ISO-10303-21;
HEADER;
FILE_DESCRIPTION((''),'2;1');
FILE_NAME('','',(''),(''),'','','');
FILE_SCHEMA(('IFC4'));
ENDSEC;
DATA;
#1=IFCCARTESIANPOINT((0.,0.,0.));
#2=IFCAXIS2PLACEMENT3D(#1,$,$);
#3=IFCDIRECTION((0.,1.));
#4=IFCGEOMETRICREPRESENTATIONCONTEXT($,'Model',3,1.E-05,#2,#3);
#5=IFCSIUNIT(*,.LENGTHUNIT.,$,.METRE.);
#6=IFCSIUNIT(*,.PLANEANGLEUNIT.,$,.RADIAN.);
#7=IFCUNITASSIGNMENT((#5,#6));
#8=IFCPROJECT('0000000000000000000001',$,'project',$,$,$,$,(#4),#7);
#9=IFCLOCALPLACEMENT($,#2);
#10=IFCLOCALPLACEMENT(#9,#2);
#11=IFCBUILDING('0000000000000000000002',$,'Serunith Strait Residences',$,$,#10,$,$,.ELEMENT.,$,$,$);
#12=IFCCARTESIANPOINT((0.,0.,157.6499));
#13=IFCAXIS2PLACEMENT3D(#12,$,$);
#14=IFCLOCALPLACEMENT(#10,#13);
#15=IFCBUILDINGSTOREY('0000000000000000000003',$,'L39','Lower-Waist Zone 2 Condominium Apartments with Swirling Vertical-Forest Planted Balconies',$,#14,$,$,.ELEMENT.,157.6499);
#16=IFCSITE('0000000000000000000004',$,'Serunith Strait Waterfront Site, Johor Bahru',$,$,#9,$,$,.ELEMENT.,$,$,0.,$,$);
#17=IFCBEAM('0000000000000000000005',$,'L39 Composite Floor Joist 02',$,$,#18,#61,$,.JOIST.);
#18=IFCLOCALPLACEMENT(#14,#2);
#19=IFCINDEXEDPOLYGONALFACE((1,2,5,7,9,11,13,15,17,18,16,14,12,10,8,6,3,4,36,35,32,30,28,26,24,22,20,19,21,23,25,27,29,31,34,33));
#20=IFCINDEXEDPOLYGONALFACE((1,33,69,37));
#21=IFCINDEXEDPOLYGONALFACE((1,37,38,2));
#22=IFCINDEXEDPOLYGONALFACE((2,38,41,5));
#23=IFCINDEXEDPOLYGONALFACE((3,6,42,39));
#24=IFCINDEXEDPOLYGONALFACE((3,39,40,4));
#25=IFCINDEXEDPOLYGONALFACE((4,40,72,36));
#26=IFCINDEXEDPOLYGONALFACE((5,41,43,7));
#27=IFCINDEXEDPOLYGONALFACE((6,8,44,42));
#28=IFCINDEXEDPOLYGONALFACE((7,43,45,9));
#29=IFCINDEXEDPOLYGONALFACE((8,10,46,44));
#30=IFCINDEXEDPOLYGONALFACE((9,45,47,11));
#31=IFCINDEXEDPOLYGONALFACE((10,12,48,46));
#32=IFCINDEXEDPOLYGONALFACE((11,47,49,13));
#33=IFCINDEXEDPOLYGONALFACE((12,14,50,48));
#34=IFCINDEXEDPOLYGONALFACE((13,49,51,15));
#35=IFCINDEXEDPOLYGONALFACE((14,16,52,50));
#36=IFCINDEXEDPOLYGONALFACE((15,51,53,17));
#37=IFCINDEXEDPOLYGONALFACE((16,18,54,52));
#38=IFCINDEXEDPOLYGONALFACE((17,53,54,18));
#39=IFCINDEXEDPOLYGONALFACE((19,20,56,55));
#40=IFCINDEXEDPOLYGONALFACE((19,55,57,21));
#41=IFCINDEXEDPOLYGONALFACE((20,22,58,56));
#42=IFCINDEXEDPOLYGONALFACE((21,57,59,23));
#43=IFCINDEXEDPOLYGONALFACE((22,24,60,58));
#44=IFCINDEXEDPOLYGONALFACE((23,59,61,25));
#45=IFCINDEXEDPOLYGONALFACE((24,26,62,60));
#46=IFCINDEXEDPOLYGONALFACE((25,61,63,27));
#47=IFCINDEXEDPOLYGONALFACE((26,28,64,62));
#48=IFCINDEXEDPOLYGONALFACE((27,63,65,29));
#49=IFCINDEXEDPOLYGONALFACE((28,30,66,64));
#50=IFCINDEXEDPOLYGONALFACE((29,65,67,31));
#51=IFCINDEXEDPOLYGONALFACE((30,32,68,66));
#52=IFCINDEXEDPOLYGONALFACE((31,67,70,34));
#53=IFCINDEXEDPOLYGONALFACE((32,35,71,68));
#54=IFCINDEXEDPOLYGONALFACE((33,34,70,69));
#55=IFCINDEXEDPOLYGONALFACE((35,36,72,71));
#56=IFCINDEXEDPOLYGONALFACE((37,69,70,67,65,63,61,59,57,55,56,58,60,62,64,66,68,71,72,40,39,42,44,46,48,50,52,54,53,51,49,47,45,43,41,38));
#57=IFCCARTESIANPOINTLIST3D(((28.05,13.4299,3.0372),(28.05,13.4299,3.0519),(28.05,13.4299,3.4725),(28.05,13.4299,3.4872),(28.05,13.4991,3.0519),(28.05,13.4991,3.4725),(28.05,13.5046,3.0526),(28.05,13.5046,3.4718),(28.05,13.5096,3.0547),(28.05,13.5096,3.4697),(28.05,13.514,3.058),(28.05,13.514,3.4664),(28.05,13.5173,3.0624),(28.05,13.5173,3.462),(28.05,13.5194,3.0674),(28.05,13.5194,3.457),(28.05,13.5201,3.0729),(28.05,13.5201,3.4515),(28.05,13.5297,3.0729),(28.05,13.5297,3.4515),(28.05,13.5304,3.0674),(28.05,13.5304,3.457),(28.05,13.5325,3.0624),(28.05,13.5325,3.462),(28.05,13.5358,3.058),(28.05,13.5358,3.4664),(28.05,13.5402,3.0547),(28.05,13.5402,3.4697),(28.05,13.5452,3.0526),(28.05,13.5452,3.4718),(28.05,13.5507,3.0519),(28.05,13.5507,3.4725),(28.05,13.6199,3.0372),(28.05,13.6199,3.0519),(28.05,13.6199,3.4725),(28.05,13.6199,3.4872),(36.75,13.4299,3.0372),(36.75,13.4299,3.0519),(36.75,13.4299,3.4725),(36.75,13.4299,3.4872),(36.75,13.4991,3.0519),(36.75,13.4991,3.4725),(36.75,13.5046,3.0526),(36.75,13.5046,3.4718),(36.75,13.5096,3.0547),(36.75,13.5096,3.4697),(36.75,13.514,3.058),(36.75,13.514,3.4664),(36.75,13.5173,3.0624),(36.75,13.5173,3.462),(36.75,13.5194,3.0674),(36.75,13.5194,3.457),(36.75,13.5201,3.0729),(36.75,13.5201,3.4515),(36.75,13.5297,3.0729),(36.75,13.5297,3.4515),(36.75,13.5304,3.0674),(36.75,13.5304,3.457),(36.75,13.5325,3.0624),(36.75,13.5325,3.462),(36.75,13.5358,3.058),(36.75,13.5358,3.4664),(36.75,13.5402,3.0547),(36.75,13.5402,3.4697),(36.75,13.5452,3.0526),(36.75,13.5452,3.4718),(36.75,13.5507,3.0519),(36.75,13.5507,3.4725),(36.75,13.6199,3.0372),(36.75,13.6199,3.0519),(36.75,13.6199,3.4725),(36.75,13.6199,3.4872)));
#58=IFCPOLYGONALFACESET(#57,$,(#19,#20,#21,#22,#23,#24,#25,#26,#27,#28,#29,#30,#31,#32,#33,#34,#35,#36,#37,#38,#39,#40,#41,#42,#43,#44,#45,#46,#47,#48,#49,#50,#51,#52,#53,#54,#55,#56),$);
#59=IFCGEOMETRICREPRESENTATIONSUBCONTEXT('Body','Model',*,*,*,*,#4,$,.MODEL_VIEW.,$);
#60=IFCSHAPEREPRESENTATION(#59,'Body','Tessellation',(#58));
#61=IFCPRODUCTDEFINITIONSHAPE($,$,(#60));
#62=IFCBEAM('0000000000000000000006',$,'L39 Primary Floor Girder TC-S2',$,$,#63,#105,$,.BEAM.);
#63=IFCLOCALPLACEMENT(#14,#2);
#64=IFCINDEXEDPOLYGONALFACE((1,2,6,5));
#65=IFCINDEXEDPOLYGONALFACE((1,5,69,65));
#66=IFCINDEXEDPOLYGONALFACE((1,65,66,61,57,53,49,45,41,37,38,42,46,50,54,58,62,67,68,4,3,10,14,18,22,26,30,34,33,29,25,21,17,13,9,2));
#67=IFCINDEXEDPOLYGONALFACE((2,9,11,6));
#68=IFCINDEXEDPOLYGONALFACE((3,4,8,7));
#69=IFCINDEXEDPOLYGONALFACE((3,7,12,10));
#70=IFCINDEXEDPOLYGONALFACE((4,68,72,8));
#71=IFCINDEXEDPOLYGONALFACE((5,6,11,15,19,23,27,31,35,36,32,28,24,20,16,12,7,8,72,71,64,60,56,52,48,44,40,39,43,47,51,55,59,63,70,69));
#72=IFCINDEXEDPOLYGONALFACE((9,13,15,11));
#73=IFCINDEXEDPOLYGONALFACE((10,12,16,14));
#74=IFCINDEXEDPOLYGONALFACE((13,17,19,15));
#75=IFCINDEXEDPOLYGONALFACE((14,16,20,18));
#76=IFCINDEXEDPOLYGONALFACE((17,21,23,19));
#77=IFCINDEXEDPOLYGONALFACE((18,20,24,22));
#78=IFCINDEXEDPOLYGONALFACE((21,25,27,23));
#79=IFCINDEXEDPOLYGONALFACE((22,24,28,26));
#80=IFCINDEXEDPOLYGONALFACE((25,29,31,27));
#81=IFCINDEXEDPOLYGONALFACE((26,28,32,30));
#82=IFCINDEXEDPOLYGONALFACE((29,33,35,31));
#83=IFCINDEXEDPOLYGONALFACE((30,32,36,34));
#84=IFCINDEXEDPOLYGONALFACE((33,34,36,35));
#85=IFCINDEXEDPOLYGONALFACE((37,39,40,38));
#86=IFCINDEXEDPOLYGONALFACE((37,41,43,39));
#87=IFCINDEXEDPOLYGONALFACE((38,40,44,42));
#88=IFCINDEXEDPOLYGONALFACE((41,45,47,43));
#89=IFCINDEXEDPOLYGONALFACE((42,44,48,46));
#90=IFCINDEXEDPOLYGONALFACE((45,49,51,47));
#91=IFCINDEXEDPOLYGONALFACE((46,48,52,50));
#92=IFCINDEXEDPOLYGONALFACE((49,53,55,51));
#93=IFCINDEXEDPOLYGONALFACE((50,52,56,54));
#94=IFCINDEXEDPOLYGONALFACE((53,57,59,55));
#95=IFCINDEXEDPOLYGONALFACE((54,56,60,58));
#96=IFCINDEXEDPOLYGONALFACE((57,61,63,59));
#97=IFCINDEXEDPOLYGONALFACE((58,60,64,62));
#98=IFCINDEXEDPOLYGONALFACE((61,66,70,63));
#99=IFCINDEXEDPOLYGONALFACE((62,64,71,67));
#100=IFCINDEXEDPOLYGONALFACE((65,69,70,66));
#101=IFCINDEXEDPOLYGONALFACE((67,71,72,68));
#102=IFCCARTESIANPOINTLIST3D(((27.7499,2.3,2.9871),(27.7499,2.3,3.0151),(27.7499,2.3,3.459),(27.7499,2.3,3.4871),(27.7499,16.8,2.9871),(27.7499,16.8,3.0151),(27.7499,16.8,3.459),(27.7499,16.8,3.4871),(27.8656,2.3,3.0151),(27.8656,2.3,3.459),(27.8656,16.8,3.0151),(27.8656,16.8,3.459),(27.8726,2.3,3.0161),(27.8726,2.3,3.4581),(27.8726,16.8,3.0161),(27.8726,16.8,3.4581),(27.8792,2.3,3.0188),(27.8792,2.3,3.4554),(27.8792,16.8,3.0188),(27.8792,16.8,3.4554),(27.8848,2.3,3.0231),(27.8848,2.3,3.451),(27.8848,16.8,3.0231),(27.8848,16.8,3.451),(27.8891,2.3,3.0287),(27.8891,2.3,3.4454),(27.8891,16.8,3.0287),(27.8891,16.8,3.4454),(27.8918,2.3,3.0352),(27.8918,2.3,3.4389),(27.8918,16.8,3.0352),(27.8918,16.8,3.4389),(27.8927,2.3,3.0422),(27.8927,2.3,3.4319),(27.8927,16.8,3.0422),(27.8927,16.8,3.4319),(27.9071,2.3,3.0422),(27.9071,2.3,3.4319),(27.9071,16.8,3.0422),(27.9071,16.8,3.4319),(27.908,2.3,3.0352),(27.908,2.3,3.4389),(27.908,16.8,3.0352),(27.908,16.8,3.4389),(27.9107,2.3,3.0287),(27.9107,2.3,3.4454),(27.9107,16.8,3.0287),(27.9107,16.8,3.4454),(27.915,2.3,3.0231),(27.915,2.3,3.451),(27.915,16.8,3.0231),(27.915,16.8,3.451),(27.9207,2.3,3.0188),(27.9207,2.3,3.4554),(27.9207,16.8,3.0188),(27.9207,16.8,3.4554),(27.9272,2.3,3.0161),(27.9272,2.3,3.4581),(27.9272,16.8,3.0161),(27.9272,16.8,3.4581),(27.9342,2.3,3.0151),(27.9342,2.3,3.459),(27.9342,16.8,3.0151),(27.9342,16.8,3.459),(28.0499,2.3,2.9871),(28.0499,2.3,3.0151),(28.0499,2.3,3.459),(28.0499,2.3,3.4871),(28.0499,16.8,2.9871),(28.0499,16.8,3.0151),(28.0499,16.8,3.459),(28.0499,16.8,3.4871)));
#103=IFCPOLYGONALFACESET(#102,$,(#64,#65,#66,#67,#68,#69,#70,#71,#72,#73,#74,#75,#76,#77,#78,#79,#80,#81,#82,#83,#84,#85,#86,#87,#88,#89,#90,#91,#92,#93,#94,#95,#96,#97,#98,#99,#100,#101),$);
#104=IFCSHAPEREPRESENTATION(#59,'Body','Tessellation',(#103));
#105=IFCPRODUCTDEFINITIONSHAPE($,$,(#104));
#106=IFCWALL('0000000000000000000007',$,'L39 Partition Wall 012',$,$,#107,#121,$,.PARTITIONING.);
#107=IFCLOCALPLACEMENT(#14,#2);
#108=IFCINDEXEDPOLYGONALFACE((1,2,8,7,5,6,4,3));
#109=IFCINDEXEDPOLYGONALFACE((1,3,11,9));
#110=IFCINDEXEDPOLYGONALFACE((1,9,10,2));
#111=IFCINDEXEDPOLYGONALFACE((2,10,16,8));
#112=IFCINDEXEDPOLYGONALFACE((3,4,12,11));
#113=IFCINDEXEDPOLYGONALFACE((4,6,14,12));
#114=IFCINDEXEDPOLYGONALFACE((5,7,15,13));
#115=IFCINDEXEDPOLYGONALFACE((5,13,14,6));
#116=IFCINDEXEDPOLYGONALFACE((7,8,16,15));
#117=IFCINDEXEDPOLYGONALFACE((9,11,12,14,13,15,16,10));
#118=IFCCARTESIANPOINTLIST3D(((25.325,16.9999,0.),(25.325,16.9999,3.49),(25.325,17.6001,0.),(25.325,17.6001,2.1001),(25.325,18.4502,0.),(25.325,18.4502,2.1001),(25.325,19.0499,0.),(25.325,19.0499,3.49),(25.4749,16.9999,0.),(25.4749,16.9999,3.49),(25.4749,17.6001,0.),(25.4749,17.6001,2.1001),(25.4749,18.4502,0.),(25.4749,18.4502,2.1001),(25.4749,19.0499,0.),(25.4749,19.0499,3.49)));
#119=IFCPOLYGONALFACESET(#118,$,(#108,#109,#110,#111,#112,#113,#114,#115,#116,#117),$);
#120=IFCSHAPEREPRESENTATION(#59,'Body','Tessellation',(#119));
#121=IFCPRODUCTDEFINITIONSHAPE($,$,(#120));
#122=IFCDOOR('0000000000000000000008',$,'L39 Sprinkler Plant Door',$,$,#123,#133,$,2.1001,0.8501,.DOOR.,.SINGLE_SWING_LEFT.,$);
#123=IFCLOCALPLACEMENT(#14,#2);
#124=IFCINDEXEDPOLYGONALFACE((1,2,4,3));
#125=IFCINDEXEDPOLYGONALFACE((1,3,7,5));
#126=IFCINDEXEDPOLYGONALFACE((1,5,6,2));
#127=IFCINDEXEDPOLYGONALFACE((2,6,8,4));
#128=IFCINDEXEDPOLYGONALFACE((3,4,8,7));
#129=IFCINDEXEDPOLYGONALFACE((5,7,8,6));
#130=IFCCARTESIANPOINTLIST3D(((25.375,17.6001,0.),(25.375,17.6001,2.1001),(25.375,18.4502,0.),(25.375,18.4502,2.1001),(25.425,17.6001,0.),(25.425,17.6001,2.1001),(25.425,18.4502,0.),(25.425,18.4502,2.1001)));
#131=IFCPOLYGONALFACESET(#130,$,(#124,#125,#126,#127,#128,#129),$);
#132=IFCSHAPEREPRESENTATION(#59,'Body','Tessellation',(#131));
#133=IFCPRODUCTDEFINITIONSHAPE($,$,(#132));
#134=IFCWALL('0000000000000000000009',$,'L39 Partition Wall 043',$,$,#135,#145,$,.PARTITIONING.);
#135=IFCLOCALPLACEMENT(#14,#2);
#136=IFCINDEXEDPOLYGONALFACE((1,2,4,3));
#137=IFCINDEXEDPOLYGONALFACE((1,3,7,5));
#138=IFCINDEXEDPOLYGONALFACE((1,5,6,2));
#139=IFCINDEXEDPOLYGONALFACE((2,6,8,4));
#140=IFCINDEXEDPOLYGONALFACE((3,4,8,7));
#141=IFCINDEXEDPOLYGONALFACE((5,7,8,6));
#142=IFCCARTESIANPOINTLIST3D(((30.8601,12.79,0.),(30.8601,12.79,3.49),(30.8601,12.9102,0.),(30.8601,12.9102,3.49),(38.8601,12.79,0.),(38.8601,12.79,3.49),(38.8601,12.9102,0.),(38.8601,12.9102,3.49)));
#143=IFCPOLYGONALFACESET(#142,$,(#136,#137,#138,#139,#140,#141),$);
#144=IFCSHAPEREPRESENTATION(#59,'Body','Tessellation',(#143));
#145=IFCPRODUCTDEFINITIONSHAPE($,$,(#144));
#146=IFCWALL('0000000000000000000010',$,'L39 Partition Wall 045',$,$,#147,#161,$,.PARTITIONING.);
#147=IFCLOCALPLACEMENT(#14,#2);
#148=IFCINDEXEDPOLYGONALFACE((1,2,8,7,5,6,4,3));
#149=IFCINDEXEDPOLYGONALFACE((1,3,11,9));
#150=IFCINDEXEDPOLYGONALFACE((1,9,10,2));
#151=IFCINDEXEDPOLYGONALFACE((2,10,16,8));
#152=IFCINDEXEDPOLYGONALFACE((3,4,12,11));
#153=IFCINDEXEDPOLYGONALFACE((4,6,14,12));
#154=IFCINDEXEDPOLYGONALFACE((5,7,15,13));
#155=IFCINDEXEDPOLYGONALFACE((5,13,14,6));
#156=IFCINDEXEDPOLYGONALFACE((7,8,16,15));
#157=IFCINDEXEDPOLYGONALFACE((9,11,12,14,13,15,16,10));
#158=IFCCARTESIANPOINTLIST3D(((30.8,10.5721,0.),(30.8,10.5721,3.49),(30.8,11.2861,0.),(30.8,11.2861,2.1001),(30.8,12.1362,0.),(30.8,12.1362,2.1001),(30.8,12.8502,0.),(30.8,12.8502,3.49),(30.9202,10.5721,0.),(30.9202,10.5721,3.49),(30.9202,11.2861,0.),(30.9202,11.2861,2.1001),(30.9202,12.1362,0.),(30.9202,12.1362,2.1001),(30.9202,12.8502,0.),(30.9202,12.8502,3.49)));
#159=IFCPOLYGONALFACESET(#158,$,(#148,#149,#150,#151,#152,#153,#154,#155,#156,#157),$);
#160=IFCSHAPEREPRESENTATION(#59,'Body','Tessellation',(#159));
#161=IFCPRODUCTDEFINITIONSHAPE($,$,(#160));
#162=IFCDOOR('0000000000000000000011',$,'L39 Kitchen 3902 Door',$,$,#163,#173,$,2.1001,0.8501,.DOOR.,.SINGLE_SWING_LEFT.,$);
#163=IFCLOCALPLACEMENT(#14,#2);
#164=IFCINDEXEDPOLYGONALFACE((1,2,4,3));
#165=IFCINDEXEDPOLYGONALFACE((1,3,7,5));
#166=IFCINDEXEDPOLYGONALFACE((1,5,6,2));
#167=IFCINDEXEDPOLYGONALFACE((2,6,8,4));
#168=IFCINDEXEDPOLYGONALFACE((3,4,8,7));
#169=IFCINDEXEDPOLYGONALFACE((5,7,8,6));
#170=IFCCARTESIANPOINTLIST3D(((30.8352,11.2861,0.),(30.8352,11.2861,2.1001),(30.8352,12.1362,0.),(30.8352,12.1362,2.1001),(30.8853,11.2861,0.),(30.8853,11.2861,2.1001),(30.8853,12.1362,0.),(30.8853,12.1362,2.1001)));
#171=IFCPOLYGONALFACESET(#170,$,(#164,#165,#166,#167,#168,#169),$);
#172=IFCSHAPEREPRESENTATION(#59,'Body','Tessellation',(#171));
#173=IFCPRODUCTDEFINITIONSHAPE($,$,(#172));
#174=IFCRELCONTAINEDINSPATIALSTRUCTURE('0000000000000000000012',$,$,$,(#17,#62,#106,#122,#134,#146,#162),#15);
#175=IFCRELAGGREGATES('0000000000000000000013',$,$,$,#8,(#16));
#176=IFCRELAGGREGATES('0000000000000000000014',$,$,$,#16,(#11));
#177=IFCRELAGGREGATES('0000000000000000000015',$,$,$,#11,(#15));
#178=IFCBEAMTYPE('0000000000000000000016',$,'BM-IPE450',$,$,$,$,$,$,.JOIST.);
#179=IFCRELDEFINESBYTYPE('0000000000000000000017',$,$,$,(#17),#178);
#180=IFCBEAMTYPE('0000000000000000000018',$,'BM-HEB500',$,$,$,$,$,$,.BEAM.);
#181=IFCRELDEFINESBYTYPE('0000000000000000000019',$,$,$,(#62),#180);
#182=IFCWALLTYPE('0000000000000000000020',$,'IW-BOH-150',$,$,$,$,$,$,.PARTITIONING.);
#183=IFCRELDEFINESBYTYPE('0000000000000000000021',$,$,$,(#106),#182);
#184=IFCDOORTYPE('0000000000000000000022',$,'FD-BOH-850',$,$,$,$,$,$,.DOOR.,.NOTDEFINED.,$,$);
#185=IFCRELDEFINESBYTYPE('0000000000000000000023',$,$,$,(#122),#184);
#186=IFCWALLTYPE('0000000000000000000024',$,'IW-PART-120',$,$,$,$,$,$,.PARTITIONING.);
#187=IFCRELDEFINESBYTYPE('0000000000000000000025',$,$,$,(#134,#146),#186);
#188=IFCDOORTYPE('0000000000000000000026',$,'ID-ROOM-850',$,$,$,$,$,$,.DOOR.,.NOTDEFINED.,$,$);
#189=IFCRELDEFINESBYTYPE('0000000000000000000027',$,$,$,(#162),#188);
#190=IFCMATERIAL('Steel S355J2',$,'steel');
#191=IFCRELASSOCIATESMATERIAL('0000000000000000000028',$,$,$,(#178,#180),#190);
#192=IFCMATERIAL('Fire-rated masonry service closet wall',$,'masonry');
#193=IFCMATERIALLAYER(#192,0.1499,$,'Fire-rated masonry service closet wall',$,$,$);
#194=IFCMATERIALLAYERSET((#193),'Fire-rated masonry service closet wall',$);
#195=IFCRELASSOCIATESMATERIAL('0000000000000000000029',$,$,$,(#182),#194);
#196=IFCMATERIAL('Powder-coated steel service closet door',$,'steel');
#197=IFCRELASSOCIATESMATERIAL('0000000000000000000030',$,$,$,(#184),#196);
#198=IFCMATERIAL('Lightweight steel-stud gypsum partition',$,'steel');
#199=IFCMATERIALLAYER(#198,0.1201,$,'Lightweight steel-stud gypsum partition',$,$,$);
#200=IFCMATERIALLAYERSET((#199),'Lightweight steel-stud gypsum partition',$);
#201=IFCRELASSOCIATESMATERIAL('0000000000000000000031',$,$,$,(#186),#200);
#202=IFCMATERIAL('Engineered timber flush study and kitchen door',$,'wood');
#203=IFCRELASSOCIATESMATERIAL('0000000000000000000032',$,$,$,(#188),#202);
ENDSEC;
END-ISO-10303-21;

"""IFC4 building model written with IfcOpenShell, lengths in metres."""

from ifc_helpers import new_model, si_unit, direction, frame, frame_2d, origin, origin_2d, place, context, subcontext, project, spatial, rectangle, i_section, extrude, source, transform, mapped, material, layer, layer_set, material_profile, profile_set, type_object, element, fill, save


model = new_model("IFC4")

# Units and contexts
model_context = context("Model", 3, precision=1e-05, world=origin(), true_north=direction((0.0, 1.0)))
body_context = subcontext(model_context, "Body", "Model", "MODEL_VIEW")
ifc_project = project(units=[si_unit("LENGTHUNIT", "METRE"), si_unit("PLANEANGLEUNIT", "RADIAN")], contexts=[model_context])

# Site, building, storey
site_placement = place(None, origin())
site = spatial("IfcSite", under=ifc_project, at=site_placement, Name="Serunith Strait Waterfront Site, Johor Bahru", CompositionType="ELEMENT", RefElevation=0.0)
building_placement = place(site_placement, origin())
building = spatial("IfcBuilding", under=site, at=building_placement, Name="Serunith Strait Residences", CompositionType="ELEMENT")
storey_placement = place(building_placement, frame((0.0, 0.0, 157.6499)))
storey = spatial("IfcBuildingStorey", under=building, at=storey_placement, Name="L39", Description="Lower-Waist Zone 2 Condominium Apartments with Swirling Vertical-Forest Planted Balconies", CompositionType="ELEMENT", Elevation=157.6499)

# Beams
ifc_material_1 = material(Name="Steel S355J2", Category="steel")
ifc_material_profile_1 = material_profile(ifc_material_1, i_section(OverallWidth=0.1899, OverallDepth=0.45, WebThickness=0.0095, FlangeThickness=0.0146, FilletRadius=0.021, at=origin_2d()), Name="IPE 450")
ifc_profile_set_1 = profile_set([ifc_material_profile_1], Name="Steel S355J2")
beam_type_1 = type_object("IfcBeamType", Name="BM-IPE450", PredefinedType="JOIST", material=ifc_profile_set_1)
shared_shape_1 = source(origin(), body_context, "Body", "SweptSolid", [
    extrude(i_section(OverallWidth=0.1899, OverallDepth=0.45, WebThickness=0.0095, FlangeThickness=0.0146, FilletRadius=0.021, at=origin_2d()), origin(), (0.0, 0.0, 1.0), 8.7),
])
beam_1_placement = place(storey_placement, frame((28.05, 13.5249, 3.2622), z_axis=(1.0, 0.0, 0.0), x_axis=(0.0, 1.0, 0.0)))
element("IfcBeam", 1, at=beam_1_placement, inside=storey, type_object=beam_type_1, Name="L39 Composite Floor Joist 02", PredefinedType="JOIST", context=body_context, shape_type="MappedRepresentation", body=[
    mapped(shared_shape_1, transform((0.0, 0.0, 0.0), scale=1.0)),
])
ifc_material_profile_2 = material_profile(ifc_material_1, i_section(OverallWidth=0.3, OverallDepth=0.5, WebThickness=0.0144, FlangeThickness=0.0281, FilletRadius=0.0271, at=origin_2d()), Name="HEB 500")
ifc_profile_set_2 = profile_set([ifc_material_profile_2], Name="Steel S355J2")
beam_type_2 = type_object("IfcBeamType", Name="BM-HEB500", PredefinedType="BEAM", material=ifc_profile_set_2)
shared_shape_2 = source(origin(), body_context, "Body", "SweptSolid", [
    extrude(i_section(OverallWidth=0.3, OverallDepth=0.5, WebThickness=0.0144, FlangeThickness=0.0281, FilletRadius=0.0271, at=origin_2d()), origin(), (0.0, 0.0, 1.0), 14.5),
])
beam_2_placement = place(storey_placement, frame((27.8999, 16.8, 3.2371), z_axis=(0.0, -1.0, 0.0), x_axis=(1.0, 0.0, 0.0)))
element("IfcBeam", 2, at=beam_2_placement, inside=storey, type_object=beam_type_2, Name="L39 Primary Floor Girder TC-S2", PredefinedType="BEAM", context=body_context, shape_type="MappedRepresentation", body=[
    mapped(shared_shape_2, transform((0.0, 0.0, 0.0), scale=1.0)),
])

# Wall, opening, door
ifc_material_2 = material(Name="Fire-rated masonry service closet wall", Category="masonry")
ifc_layer_1 = layer(ifc_material_2, 0.1499, Name="Fire-rated masonry service closet wall")
ifc_layer_set_1 = layer_set([ifc_layer_1], Name="Fire-rated masonry service closet wall")
wall_type_1 = type_object("IfcWallType", Name="IW-BOH-150", PredefinedType="PARTITIONING", material=ifc_layer_set_1)
wall_1_placement = place(storey_placement, frame((25.3999, 17.0, 0.0), z_axis=(0.0, 0.0, 1.0), x_axis=(0.0, 1.0, 0.0)))
wall_1 = element("IfcWall", 3, at=wall_1_placement, inside=storey, type_object=wall_type_1, Name="L39 Partition Wall 012", PredefinedType="PARTITIONING", context=body_context, shape_type="SweptSolid", body=[
    extrude(rectangle(XDim=2.05, YDim=0.1499, at=frame_2d((1.0249, 0.0))), origin(), (0.0, 0.0, 1.0), 3.49),
])
opening_1_placement = place(wall_1_placement, frame((0.6001, 0.0, 0.0)))
opening_1 = element("IfcOpeningElement", 4, at=opening_1_placement, cuts=wall_1, PredefinedType="OPENING", context=body_context, shape_type="SweptSolid", body=[
    extrude(rectangle(XDim=0.8501, YDim=2.1001, at=frame_2d((0.425, 1.05))), frame((0.0, 0.085, 0.0), z_axis=(0.0, -1.0, 0.0), x_axis=(1.0, 0.0, 0.0)), (0.0, 0.0, 1.0), 0.1699),
])
ifc_material_3 = material(Name="Powder-coated steel service closet door", Category="steel")
door_type_1 = type_object("IfcDoorType", Name="FD-BOH-850", OperationType="NOTDEFINED", PredefinedType="DOOR", material=ifc_material_3)
shared_shape_3 = source(origin(), body_context, "Body", "SweptSolid", [
    extrude(rectangle(XDim=0.8501, YDim=2.1001, at=frame_2d((0.425, 1.05))), frame((0.0, 0.0249, 0.0), z_axis=(0.0, -1.0, 0.0), x_axis=(1.0, 0.0, 0.0)), (0.0, 0.0, 1.0), 0.05),
])
door_1_placement = place(opening_1_placement, origin())
door_1 = element("IfcDoor", 5, at=door_1_placement, inside=storey, type_object=door_type_1, Name="L39 Sprinkler Plant Door", OperationType="SINGLE_SWING_LEFT", OverallHeight=2.1001, OverallWidth=0.8501, PredefinedType="DOOR", context=body_context, shape_type="MappedRepresentation", body=[
    mapped(shared_shape_3, transform((0.0, 0.0, 0.0), scale=1.0)),
])
fill(opening_1, door_1)

# Wall
ifc_material_4 = material(Name="Lightweight steel-stud gypsum partition", Category="steel")
ifc_layer_2 = layer(ifc_material_4, 0.1201, Name="Lightweight steel-stud gypsum partition")
ifc_layer_set_2 = layer_set([ifc_layer_2], Name="Lightweight steel-stud gypsum partition")
wall_type_2 = type_object("IfcWallType", Name="IW-PART-120", PredefinedType="PARTITIONING", material=ifc_layer_set_2)
wall_2_placement = place(storey_placement, frame((30.8601, 12.8501, 0.0), z_axis=(0.0, 0.0, 1.0), x_axis=(1.0, 0.0, 0.0)))
element("IfcWall", 6, at=wall_2_placement, inside=storey, type_object=wall_type_2, Name="L39 Partition Wall 043", PredefinedType="PARTITIONING", context=body_context, shape_type="SweptSolid", body=[
    extrude(rectangle(XDim=8.0, YDim=0.1201, at=frame_2d((4.0, 0.0))), origin(), (0.0, 0.0, 1.0), 3.49),
])

# Wall, opening, door
wall_3_placement = place(storey_placement, frame((30.8601, 10.572, 0.0), z_axis=(0.0, 0.0, 1.0), x_axis=(0.0, 1.0, 0.0)))
wall_3 = element("IfcWall", 7, at=wall_3_placement, inside=storey, type_object=wall_type_2, Name="L39 Partition Wall 045", PredefinedType="PARTITIONING", context=body_context, shape_type="SweptSolid", body=[
    extrude(rectangle(XDim=2.2781, YDim=0.1201, at=frame_2d((1.1392, 0.0))), origin(), (0.0, 0.0, 1.0), 3.49),
])
opening_2_placement = place(wall_3_placement, frame((0.7141, 0.0, 0.0)))
opening_2 = element("IfcOpeningElement", 8, at=opening_2_placement, cuts=wall_3, PredefinedType="OPENING", context=body_context, shape_type="SweptSolid", body=[
    extrude(rectangle(XDim=0.8501, YDim=2.1001, at=frame_2d((0.425, 1.05))), frame((0.0, 0.0701, 0.0), z_axis=(0.0, -1.0, 0.0), x_axis=(1.0, 0.0, 0.0)), (0.0, 0.0, 1.0), 0.1401),
])
ifc_material_5 = material(Name="Engineered timber flush study and kitchen door", Category="wood")
door_type_2 = type_object("IfcDoorType", Name="ID-ROOM-850", OperationType="NOTDEFINED", PredefinedType="DOOR", material=ifc_material_5)
door_2_placement = place(opening_2_placement, origin())
door_2 = element("IfcDoor", 9, at=door_2_placement, inside=storey, type_object=door_type_2, Name="L39 Kitchen 3902 Door", OperationType="SINGLE_SWING_LEFT", OverallHeight=2.1001, OverallWidth=0.8501, PredefinedType="DOOR", context=body_context, shape_type="MappedRepresentation", body=[
    mapped(shared_shape_3, transform((0.0, 0.0, 0.0), scale=1.0)),
])
fill(opening_2, door_2)

save(model, "model.ifc")
